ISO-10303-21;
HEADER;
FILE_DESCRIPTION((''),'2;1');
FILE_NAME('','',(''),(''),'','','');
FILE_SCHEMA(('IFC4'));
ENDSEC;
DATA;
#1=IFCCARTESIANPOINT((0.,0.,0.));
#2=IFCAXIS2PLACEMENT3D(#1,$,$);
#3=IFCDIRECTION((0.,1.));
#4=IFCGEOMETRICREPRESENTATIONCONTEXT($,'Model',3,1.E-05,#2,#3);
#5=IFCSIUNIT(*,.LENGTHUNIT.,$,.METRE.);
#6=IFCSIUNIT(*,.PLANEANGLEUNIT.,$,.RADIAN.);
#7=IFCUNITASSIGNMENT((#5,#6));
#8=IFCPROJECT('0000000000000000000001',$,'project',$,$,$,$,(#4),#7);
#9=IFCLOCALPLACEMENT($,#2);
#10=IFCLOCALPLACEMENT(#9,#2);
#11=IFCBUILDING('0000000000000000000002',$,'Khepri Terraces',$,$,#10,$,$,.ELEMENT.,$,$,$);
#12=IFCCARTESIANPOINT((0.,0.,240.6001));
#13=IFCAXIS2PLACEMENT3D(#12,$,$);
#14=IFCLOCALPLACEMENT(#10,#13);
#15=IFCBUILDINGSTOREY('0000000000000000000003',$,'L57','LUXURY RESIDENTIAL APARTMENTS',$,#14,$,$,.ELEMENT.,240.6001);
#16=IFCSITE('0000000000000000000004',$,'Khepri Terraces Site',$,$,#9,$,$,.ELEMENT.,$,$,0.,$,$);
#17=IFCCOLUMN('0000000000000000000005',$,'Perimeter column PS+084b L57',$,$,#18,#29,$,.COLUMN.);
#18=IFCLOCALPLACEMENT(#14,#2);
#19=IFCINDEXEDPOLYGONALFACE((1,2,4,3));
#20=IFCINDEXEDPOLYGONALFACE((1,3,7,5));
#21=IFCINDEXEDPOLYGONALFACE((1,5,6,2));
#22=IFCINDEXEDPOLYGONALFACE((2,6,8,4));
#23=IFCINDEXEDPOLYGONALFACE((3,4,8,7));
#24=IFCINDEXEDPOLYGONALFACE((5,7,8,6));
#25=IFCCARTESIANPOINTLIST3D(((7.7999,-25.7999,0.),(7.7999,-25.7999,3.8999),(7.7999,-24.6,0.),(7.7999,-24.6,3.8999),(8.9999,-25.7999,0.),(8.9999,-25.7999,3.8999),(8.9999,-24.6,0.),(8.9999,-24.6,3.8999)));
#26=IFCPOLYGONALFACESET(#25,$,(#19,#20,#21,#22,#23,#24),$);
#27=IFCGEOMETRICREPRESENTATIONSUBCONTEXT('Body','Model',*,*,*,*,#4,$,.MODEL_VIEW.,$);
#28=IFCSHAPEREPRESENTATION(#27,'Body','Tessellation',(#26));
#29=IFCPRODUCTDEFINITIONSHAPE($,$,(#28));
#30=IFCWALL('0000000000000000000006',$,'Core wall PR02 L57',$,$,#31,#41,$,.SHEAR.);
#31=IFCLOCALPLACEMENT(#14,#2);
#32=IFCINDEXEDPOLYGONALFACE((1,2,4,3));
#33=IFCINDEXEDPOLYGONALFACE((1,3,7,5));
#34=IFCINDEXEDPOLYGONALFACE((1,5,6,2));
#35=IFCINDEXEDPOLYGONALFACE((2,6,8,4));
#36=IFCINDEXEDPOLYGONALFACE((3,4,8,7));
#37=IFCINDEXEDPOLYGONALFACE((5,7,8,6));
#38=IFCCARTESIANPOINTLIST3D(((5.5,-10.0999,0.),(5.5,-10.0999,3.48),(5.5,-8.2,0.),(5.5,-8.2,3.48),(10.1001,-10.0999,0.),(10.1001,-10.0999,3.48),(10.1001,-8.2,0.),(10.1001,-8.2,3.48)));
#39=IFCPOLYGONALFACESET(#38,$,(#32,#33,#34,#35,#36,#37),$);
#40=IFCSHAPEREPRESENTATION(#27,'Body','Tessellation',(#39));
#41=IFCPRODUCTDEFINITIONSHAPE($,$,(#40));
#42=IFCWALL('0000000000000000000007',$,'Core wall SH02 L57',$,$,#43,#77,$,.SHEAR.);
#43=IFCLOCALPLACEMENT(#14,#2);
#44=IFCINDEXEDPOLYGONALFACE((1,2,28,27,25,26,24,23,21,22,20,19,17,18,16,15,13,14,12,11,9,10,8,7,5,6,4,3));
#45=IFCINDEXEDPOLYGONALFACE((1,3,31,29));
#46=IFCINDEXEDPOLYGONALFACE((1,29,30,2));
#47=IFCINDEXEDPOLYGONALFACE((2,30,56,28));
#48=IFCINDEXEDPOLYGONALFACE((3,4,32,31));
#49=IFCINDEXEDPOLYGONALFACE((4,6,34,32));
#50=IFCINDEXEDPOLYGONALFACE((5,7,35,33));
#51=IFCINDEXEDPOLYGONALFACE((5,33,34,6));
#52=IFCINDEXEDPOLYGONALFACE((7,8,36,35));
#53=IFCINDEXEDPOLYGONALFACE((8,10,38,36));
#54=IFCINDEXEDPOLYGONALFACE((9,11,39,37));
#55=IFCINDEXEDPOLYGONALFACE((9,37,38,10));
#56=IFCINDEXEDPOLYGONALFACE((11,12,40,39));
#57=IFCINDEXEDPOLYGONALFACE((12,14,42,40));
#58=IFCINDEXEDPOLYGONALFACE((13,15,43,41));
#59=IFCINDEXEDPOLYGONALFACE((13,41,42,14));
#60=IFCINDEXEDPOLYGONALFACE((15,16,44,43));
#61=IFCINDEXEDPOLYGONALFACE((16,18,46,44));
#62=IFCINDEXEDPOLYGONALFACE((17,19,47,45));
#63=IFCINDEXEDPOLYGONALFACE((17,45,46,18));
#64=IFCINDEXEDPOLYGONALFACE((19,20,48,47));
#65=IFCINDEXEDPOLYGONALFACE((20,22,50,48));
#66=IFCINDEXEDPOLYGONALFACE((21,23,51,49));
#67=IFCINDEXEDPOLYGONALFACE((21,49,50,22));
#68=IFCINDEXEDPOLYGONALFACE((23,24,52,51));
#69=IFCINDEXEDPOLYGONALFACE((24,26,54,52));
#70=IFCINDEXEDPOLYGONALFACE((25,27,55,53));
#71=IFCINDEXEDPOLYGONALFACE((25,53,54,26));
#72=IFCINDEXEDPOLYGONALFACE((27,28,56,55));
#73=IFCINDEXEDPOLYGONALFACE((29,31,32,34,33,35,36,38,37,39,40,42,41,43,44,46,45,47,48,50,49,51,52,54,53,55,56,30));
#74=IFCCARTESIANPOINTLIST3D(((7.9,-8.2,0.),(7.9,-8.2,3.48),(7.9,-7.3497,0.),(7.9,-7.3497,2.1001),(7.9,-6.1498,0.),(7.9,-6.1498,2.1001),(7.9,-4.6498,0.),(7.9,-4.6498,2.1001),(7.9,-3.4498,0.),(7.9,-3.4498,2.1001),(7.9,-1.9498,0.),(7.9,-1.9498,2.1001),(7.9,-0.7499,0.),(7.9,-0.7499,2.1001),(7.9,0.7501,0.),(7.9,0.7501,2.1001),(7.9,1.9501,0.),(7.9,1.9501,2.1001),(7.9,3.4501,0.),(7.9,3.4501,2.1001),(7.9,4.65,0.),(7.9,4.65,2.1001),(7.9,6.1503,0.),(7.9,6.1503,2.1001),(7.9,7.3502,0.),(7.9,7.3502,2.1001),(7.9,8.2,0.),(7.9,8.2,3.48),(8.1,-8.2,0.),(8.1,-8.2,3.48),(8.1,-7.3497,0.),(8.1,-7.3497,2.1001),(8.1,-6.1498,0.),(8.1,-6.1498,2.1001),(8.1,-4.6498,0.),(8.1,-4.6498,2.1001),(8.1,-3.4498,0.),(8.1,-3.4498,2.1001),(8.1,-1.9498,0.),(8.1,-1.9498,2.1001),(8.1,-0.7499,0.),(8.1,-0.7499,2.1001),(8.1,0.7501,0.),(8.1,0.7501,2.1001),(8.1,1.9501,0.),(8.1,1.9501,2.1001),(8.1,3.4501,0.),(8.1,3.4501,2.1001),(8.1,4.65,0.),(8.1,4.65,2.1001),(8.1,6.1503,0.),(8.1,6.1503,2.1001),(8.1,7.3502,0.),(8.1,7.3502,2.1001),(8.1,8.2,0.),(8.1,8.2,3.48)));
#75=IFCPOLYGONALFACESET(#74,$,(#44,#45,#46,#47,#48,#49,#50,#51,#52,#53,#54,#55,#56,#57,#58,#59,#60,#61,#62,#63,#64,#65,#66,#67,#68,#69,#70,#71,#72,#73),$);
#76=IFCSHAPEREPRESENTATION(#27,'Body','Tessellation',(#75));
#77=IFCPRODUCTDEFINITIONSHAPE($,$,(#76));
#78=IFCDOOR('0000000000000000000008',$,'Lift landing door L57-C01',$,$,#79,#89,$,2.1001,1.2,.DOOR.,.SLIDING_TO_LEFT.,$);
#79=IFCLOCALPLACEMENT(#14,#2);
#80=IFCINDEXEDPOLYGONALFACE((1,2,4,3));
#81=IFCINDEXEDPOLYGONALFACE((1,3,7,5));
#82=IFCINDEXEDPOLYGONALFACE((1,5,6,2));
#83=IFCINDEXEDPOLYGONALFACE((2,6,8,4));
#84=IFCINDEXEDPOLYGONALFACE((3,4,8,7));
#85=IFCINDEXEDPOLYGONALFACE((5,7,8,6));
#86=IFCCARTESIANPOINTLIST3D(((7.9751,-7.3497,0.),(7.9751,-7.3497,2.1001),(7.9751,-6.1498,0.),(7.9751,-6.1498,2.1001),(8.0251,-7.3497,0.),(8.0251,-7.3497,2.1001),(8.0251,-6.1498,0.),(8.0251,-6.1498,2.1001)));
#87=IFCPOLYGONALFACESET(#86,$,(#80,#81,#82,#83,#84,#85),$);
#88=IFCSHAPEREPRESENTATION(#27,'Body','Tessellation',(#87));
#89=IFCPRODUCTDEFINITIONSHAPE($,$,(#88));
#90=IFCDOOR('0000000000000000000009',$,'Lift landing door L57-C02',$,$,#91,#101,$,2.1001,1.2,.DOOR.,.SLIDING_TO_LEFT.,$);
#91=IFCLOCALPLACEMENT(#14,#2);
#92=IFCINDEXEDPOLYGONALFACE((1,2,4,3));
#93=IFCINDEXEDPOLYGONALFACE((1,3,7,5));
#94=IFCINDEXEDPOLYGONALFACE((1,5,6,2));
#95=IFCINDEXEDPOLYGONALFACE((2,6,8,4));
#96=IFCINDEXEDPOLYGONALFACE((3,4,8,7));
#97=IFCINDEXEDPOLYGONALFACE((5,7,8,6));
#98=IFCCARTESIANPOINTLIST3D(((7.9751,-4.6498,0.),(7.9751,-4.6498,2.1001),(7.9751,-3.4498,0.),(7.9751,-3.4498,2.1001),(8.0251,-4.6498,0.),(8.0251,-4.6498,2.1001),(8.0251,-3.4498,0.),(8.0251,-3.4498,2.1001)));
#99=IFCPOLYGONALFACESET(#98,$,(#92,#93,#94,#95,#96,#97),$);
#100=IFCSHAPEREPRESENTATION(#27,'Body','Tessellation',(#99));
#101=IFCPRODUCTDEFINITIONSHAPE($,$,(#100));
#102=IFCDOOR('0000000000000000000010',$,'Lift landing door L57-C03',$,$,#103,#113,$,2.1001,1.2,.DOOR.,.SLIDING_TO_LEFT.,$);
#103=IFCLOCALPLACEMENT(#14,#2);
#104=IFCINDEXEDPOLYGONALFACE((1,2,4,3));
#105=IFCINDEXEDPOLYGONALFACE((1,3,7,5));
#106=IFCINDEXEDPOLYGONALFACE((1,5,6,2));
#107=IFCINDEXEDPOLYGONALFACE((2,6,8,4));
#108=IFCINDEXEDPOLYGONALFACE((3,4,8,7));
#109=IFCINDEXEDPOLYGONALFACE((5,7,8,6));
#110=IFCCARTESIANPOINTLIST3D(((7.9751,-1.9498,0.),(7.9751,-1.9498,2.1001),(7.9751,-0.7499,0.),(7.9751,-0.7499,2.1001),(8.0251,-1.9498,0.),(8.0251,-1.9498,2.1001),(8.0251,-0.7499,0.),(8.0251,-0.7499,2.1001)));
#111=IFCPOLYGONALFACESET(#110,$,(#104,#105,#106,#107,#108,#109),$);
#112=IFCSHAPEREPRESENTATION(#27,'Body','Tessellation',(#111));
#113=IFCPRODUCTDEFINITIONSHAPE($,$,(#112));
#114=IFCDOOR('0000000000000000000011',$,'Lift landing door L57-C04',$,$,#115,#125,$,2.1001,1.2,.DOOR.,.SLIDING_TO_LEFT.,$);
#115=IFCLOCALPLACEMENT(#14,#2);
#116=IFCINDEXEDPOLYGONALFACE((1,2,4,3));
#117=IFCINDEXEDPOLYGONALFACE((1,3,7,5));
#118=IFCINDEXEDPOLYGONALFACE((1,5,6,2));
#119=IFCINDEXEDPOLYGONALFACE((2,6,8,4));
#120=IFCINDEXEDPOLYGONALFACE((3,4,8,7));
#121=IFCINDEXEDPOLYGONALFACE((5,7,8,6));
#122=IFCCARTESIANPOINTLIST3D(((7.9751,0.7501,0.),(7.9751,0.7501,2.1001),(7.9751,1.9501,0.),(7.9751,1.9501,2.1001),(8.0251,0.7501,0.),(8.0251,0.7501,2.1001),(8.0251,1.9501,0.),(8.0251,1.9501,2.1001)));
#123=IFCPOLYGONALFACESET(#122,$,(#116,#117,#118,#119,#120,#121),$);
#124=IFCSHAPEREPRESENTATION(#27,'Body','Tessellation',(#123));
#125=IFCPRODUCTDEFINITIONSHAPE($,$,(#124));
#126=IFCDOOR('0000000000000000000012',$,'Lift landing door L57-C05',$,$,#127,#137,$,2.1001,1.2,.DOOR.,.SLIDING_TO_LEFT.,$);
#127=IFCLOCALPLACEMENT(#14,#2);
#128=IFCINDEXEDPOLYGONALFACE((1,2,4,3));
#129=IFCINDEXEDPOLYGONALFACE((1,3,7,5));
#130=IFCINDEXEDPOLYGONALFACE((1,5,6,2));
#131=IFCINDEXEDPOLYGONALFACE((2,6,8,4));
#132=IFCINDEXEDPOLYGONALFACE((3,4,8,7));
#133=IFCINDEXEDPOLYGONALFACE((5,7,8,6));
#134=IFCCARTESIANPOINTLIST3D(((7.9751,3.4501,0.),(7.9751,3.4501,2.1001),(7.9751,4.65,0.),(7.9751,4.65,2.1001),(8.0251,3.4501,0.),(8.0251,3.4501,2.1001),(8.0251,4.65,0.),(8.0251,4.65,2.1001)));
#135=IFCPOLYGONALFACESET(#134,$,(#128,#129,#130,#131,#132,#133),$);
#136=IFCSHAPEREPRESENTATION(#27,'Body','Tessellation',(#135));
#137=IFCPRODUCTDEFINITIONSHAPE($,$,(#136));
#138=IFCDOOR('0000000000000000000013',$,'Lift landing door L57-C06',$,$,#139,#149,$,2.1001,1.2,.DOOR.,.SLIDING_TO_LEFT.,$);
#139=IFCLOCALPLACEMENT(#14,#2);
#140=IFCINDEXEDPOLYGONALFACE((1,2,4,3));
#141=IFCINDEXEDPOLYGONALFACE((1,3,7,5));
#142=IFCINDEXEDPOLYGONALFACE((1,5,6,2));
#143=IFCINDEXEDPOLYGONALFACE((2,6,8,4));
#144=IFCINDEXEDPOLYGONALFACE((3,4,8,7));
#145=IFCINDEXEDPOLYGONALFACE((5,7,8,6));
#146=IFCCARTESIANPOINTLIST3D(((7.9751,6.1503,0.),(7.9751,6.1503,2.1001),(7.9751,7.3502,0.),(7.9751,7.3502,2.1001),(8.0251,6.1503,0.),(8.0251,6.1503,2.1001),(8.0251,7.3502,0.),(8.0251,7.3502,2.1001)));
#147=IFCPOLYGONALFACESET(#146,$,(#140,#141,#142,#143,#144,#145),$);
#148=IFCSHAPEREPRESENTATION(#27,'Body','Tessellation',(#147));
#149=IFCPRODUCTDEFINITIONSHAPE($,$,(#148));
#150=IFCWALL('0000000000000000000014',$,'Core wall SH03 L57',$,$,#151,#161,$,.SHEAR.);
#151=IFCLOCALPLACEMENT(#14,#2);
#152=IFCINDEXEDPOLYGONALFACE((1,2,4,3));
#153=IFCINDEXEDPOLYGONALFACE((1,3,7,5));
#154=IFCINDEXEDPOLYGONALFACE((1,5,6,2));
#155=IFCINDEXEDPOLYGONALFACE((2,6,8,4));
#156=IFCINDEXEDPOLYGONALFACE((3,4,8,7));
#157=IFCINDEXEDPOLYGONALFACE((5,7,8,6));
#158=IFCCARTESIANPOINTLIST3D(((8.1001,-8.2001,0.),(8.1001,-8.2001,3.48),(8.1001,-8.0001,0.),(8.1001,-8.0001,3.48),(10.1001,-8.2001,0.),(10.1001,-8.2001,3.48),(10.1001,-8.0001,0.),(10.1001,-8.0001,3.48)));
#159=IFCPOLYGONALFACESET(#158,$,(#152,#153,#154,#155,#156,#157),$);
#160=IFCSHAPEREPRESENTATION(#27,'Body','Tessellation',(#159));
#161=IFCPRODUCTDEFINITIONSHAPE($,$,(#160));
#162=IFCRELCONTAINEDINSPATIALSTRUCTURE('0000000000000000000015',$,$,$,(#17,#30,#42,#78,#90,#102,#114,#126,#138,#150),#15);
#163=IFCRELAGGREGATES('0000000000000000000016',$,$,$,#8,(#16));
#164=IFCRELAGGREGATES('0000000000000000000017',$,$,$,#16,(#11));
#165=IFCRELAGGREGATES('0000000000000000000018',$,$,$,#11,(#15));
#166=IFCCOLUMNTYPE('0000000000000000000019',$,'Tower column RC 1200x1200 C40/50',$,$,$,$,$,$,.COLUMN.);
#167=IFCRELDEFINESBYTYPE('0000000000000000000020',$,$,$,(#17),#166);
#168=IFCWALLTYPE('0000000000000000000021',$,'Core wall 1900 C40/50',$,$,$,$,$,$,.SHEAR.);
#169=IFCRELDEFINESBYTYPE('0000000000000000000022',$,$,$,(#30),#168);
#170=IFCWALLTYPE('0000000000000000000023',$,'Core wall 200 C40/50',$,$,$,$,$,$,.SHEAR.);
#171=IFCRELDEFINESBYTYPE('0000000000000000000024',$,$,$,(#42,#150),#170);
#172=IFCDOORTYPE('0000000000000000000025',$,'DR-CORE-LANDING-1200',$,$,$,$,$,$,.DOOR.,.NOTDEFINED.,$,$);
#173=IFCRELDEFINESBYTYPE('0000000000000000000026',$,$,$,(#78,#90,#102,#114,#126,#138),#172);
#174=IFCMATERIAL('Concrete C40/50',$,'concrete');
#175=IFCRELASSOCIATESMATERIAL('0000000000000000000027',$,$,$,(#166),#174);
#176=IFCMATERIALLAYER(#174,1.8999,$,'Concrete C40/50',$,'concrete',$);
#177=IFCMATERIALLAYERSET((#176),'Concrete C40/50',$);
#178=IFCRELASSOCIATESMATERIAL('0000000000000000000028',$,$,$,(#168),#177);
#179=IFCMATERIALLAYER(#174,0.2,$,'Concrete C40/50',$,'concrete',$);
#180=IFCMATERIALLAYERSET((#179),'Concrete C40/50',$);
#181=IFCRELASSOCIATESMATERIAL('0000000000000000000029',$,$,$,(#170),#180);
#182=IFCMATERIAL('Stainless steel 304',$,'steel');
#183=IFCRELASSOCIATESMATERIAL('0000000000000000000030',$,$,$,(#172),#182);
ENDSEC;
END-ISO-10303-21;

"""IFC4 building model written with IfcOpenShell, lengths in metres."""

from ifc_helpers import new_model, si_unit, direction, frame, frame_2d, origin, origin_2d, place, context, subcontext, project, spatial, rectangle, extrude, material, layer, layer_set, material_profile, profile_set, type_object, element, fill, save


model = new_model("IFC4")

# Units and contexts
model_context = context("Model", 3, precision=1e-05, world=origin(), true_north=direction((0.0, 1.0)))
body_context = subcontext(model_context, "Body", "Model", "MODEL_VIEW")
ifc_project = project(units=[si_unit("LENGTHUNIT", "METRE"), si_unit("PLANEANGLEUNIT", "RADIAN")], contexts=[model_context])

# Site, building, storey
site_placement = place(None, origin())
site = spatial("IfcSite", under=ifc_project, at=site_placement, Name="Khepri Terraces Site", CompositionType="ELEMENT", RefElevation=0.0)
building_placement = place(site_placement, origin())
building = spatial("IfcBuilding", under=site, at=building_placement, Name="Khepri Terraces", CompositionType="ELEMENT")
storey_placement = place(building_placement, frame((0.0, 0.0, 240.6001)))
storey = spatial("IfcBuildingStorey", under=building, at=storey_placement, Name="L57", Description="LUXURY RESIDENTIAL APARTMENTS", CompositionType="ELEMENT", Elevation=240.6001)

# Column
ifc_material_1 = material(Name="Concrete C40/50", Category="concrete")
ifc_material_profile = material_profile(ifc_material_1, rectangle(XDim=1.2, YDim=1.2, at=origin_2d()), Name="Concrete C40/50", Category="concrete")
ifc_profile_set = profile_set([ifc_material_profile], Name="Concrete C40/50")
column_type = type_object("IfcColumnType", Name="Tower column RC 1200x1200 C40/50", PredefinedType="COLUMN", material=ifc_profile_set)
column_placement = place(storey_placement, frame((8.3999, -25.2, 0.0), z_axis=(0.0, 0.0, 1.0), x_axis=(1.0, 0.0, 0.0)))
element("IfcColumn", 1, at=column_placement, inside=storey, type_object=column_type, Name="Perimeter column PS+084b L57", PredefinedType="COLUMN", context=body_context, shape_type="SweptSolid", body=[
    extrude(rectangle(XDim=1.2, YDim=1.2, at=origin_2d()), origin(), (0.0, 0.0, 1.0), 3.8999),
])

# Wall
ifc_layer_1 = layer(ifc_material_1, 1.8999, Name="Concrete C40/50", Category="concrete")
ifc_layer_set_1 = layer_set([ifc_layer_1], Name="Concrete C40/50")
wall_type_1 = type_object("IfcWallType", Name="Core wall 1900 C40/50", PredefinedType="SHEAR", material=ifc_layer_set_1)
wall_1_placement = place(storey_placement, frame((5.5, -9.1499, 0.0), z_axis=(0.0, 0.0, 1.0), x_axis=(1.0, 0.0, 0.0)))
element("IfcWall", 2, at=wall_1_placement, inside=storey, type_object=wall_type_1, Name="Core wall PR02 L57", PredefinedType="SHEAR", context=body_context, shape_type="SweptSolid", body=[
    extrude(rectangle(XDim=4.6001, YDim=1.8999, at=frame_2d((2.3, 0.0))), origin(), (0.0, 0.0, 1.0), 3.48),
])

# Wall, openings, doors
ifc_layer_2 = layer(ifc_material_1, 0.2, Name="Concrete C40/50", Category="concrete")
ifc_layer_set_2 = layer_set([ifc_layer_2], Name="Concrete C40/50")
wall_type_2 = type_object("IfcWallType", Name="Core wall 200 C40/50", PredefinedType="SHEAR", material=ifc_layer_set_2)
wall_2_placement = place(storey_placement, frame((8.0, -8.2, 0.0), z_axis=(0.0, 0.0, 1.0), x_axis=(0.0, 1.0, 0.0)))
wall_2 = element("IfcWall", 3, at=wall_2_placement, inside=storey, type_object=wall_type_2, Name="Core wall SH02 L57", PredefinedType="SHEAR", context=body_context, shape_type="SweptSolid", body=[
    extrude(rectangle(XDim=16.3999, YDim=0.2, at=frame_2d((8.2, 0.0))), origin(), (0.0, 0.0, 1.0), 3.48),
])
opening_1_placement = place(wall_2_placement, frame((0.8501, 0.0, 0.0)))
opening_1 = element("IfcOpeningElement", 4, at=opening_1_placement, cuts=wall_2, PredefinedType="OPENING", context=body_context, shape_type="SweptSolid", body=[
    extrude(rectangle(XDim=1.2, YDim=2.1001, at=frame_2d((0.6001, 1.05))), frame((0.0, 0.1099, 0.0), z_axis=(0.0, -1.0, 0.0), x_axis=(1.0, 0.0, 0.0)), (0.0, 0.0, 1.0), 0.22),
])
opening_2_placement = place(wall_2_placement, frame((3.55, 0.0, 0.0)))
opening_2 = element("IfcOpeningElement", 5, at=opening_2_placement, cuts=wall_2, PredefinedType="OPENING", context=body_context, shape_type="SweptSolid", body=[
    extrude(rectangle(XDim=1.2, YDim=2.1001, at=frame_2d((0.6001, 1.05))), frame((0.0, 0.1099, 0.0), z_axis=(0.0, -1.0, 0.0), x_axis=(1.0, 0.0, 0.0)), (0.0, 0.0, 1.0), 0.22),
])
opening_3_placement = place(wall_2_placement, frame((6.25, 0.0, 0.0)))
opening_3 = element("IfcOpeningElement", 6, at=opening_3_placement, cuts=wall_2, PredefinedType="OPENING", context=body_context, shape_type="SweptSolid", body=[
    extrude(rectangle(XDim=1.2, YDim=2.1001, at=frame_2d((0.6001, 1.05))), frame((0.0, 0.1099, 0.0), z_axis=(0.0, -1.0, 0.0), x_axis=(1.0, 0.0, 0.0)), (0.0, 0.0, 1.0), 0.22),
])
opening_4_placement = place(wall_2_placement, frame((8.95, 0.0, 0.0)))
opening_4 = element("IfcOpeningElement", 7, at=opening_4_placement, cuts=wall_2, PredefinedType="OPENING", context=body_context, shape_type="SweptSolid", body=[
    extrude(rectangle(XDim=1.2, YDim=2.1001, at=frame_2d((0.6001, 1.05))), frame((0.0, 0.1099, 0.0), z_axis=(0.0, -1.0, 0.0), x_axis=(1.0, 0.0, 0.0)), (0.0, 0.0, 1.0), 0.22),
])
opening_5_placement = place(wall_2_placement, frame((11.6499, 0.0, 0.0)))
opening_5 = element("IfcOpeningElement", 8, at=opening_5_placement, cuts=wall_2, PredefinedType="OPENING", context=body_context, shape_type="SweptSolid", body=[
    extrude(rectangle(XDim=1.2, YDim=2.1001, at=frame_2d((0.6001, 1.05))), frame((0.0, 0.1099, 0.0), z_axis=(0.0, -1.0, 0.0), x_axis=(1.0, 0.0, 0.0)), (0.0, 0.0, 1.0), 0.22),
])
opening_6_placement = place(wall_2_placement, frame((14.3501, 0.0, 0.0)))
opening_6 = element("IfcOpeningElement", 9, at=opening_6_placement, cuts=wall_2, PredefinedType="OPENING", context=body_context, shape_type="SweptSolid", body=[
    extrude(rectangle(XDim=1.2, YDim=2.1001, at=frame_2d((0.6001, 1.05))), frame((0.0, 0.1099, 0.0), z_axis=(0.0, -1.0, 0.0), x_axis=(1.0, 0.0, 0.0)), (0.0, 0.0, 1.0), 0.22),
])
ifc_material_2 = material(Name="Stainless steel 304", Category="steel")
door_type_1 = type_object("IfcDoorType", Name="DR-CORE-LANDING-1200", OperationType="NOTDEFINED", PredefinedType="DOOR", material=ifc_material_2)
door_1_placement = place(opening_1_placement, origin())
door_1 = element("IfcDoor", 10, at=door_1_placement, inside=storey, type_object=door_type_1, Name="Lift landing door L57-C01", OperationType="SLIDING_TO_LEFT", OverallHeight=2.1001, OverallWidth=1.2, PredefinedType="DOOR", context=body_context, shape_type="SweptSolid", body=[
    extrude(rectangle(XDim=1.2, YDim=2.1001, at=frame_2d((0.6001, 1.05))), frame((0.0, 0.0249, 0.0), z_axis=(0.0, -1.0, 0.0), x_axis=(1.0, 0.0, 0.0)), (0.0, 0.0, 1.0), 0.05),
])
fill(opening_1, door_1)
door_2_placement = place(opening_2_placement, origin())
door_2 = element("IfcDoor", 11, at=door_2_placement, inside=storey, type_object=door_type_1, Name="Lift landing door L57-C02", OperationType="SLIDING_TO_LEFT", OverallHeight=2.1001, OverallWidth=1.2, PredefinedType="DOOR", context=body_context, shape_type="SweptSolid", body=[
    extrude(rectangle(XDim=1.2, YDim=2.1001, at=frame_2d((0.6001, 1.05))), frame((0.0, 0.0249, 0.0), z_axis=(0.0, -1.0, 0.0), x_axis=(1.0, 0.0, 0.0)), (0.0, 0.0, 1.0), 0.05),
])
fill(opening_2, door_2)
door_3_placement = place(opening_3_placement, origin())
door_3 = element("IfcDoor", 12, at=door_3_placement, inside=storey, type_object=door_type_1, Name="Lift landing door L57-C03", OperationType="SLIDING_TO_LEFT", OverallHeight=2.1001, OverallWidth=1.2, PredefinedType="DOOR", context=body_context, shape_type="SweptSolid", body=[
    extrude(rectangle(XDim=1.2, YDim=2.1001, at=frame_2d((0.6001, 1.05))), frame((0.0, 0.0249, 0.0), z_axis=(0.0, -1.0, 0.0), x_axis=(1.0, 0.0, 0.0)), (0.0, 0.0, 1.0), 0.05),
])
fill(opening_3, door_3)
door_4_placement = place(opening_4_placement, origin())
door_4 = element("IfcDoor", 13, at=door_4_placement, inside=storey, type_object=door_type_1, Name="Lift landing door L57-C04", OperationType="SLIDING_TO_LEFT", OverallHeight=2.1001, OverallWidth=1.2, PredefinedType="DOOR", context=body_context, shape_type="SweptSolid", body=[
    extrude(rectangle(XDim=1.2, YDim=2.1001, at=frame_2d((0.6001, 1.05))), frame((0.0, 0.0249, 0.0), z_axis=(0.0, -1.0, 0.0), x_axis=(1.0, 0.0, 0.0)), (0.0, 0.0, 1.0), 0.05),
])
fill(opening_4, door_4)
door_5_placement = place(opening_5_placement, origin())
door_5 = element("IfcDoor", 14, at=door_5_placement, inside=storey, type_object=door_type_1, Name="Lift landing door L57-C05", OperationType="SLIDING_TO_LEFT", OverallHeight=2.1001, OverallWidth=1.2, PredefinedType="DOOR", context=body_context, shape_type="SweptSolid", body=[
    extrude(rectangle(XDim=1.2, YDim=2.1001, at=frame_2d((0.6001, 1.05))), frame((0.0, 0.0249, 0.0), z_axis=(0.0, -1.0, 0.0), x_axis=(1.0, 0.0, 0.0)), (0.0, 0.0, 1.0), 0.05),
])
fill(opening_5, door_5)
door_6_placement = place(opening_6_placement, origin())
door_6 = element("IfcDoor", 15, at=door_6_placement, inside=storey, type_object=door_type_1, Name="Lift landing door L57-C06", OperationType="SLIDING_TO_LEFT", OverallHeight=2.1001, OverallWidth=1.2, PredefinedType="DOOR", context=body_context, shape_type="SweptSolid", body=[
    extrude(rectangle(XDim=1.2, YDim=2.1001, at=frame_2d((0.6001, 1.05))), frame((0.0, 0.0249, 0.0), z_axis=(0.0, -1.0, 0.0), x_axis=(1.0, 0.0, 0.0)), (0.0, 0.0, 1.0), 0.05),
])
fill(opening_6, door_6)

# Wall
wall_3_placement = place(storey_placement, frame((8.1001, -8.1001, 0.0), z_axis=(0.0, 0.0, 1.0), x_axis=(1.0, 0.0, 0.0)))
element("IfcWall", 16, at=wall_3_placement, inside=storey, type_object=wall_type_2, Name="Core wall SH03 L57", PredefinedType="SHEAR", context=body_context, shape_type="SweptSolid", body=[
    extrude(rectangle(XDim=2.0, YDim=0.2, at=frame_2d((1.0, 0.0))), origin(), (0.0, 0.0, 1.0), 3.48),
])

save(model, "model.ifc")
